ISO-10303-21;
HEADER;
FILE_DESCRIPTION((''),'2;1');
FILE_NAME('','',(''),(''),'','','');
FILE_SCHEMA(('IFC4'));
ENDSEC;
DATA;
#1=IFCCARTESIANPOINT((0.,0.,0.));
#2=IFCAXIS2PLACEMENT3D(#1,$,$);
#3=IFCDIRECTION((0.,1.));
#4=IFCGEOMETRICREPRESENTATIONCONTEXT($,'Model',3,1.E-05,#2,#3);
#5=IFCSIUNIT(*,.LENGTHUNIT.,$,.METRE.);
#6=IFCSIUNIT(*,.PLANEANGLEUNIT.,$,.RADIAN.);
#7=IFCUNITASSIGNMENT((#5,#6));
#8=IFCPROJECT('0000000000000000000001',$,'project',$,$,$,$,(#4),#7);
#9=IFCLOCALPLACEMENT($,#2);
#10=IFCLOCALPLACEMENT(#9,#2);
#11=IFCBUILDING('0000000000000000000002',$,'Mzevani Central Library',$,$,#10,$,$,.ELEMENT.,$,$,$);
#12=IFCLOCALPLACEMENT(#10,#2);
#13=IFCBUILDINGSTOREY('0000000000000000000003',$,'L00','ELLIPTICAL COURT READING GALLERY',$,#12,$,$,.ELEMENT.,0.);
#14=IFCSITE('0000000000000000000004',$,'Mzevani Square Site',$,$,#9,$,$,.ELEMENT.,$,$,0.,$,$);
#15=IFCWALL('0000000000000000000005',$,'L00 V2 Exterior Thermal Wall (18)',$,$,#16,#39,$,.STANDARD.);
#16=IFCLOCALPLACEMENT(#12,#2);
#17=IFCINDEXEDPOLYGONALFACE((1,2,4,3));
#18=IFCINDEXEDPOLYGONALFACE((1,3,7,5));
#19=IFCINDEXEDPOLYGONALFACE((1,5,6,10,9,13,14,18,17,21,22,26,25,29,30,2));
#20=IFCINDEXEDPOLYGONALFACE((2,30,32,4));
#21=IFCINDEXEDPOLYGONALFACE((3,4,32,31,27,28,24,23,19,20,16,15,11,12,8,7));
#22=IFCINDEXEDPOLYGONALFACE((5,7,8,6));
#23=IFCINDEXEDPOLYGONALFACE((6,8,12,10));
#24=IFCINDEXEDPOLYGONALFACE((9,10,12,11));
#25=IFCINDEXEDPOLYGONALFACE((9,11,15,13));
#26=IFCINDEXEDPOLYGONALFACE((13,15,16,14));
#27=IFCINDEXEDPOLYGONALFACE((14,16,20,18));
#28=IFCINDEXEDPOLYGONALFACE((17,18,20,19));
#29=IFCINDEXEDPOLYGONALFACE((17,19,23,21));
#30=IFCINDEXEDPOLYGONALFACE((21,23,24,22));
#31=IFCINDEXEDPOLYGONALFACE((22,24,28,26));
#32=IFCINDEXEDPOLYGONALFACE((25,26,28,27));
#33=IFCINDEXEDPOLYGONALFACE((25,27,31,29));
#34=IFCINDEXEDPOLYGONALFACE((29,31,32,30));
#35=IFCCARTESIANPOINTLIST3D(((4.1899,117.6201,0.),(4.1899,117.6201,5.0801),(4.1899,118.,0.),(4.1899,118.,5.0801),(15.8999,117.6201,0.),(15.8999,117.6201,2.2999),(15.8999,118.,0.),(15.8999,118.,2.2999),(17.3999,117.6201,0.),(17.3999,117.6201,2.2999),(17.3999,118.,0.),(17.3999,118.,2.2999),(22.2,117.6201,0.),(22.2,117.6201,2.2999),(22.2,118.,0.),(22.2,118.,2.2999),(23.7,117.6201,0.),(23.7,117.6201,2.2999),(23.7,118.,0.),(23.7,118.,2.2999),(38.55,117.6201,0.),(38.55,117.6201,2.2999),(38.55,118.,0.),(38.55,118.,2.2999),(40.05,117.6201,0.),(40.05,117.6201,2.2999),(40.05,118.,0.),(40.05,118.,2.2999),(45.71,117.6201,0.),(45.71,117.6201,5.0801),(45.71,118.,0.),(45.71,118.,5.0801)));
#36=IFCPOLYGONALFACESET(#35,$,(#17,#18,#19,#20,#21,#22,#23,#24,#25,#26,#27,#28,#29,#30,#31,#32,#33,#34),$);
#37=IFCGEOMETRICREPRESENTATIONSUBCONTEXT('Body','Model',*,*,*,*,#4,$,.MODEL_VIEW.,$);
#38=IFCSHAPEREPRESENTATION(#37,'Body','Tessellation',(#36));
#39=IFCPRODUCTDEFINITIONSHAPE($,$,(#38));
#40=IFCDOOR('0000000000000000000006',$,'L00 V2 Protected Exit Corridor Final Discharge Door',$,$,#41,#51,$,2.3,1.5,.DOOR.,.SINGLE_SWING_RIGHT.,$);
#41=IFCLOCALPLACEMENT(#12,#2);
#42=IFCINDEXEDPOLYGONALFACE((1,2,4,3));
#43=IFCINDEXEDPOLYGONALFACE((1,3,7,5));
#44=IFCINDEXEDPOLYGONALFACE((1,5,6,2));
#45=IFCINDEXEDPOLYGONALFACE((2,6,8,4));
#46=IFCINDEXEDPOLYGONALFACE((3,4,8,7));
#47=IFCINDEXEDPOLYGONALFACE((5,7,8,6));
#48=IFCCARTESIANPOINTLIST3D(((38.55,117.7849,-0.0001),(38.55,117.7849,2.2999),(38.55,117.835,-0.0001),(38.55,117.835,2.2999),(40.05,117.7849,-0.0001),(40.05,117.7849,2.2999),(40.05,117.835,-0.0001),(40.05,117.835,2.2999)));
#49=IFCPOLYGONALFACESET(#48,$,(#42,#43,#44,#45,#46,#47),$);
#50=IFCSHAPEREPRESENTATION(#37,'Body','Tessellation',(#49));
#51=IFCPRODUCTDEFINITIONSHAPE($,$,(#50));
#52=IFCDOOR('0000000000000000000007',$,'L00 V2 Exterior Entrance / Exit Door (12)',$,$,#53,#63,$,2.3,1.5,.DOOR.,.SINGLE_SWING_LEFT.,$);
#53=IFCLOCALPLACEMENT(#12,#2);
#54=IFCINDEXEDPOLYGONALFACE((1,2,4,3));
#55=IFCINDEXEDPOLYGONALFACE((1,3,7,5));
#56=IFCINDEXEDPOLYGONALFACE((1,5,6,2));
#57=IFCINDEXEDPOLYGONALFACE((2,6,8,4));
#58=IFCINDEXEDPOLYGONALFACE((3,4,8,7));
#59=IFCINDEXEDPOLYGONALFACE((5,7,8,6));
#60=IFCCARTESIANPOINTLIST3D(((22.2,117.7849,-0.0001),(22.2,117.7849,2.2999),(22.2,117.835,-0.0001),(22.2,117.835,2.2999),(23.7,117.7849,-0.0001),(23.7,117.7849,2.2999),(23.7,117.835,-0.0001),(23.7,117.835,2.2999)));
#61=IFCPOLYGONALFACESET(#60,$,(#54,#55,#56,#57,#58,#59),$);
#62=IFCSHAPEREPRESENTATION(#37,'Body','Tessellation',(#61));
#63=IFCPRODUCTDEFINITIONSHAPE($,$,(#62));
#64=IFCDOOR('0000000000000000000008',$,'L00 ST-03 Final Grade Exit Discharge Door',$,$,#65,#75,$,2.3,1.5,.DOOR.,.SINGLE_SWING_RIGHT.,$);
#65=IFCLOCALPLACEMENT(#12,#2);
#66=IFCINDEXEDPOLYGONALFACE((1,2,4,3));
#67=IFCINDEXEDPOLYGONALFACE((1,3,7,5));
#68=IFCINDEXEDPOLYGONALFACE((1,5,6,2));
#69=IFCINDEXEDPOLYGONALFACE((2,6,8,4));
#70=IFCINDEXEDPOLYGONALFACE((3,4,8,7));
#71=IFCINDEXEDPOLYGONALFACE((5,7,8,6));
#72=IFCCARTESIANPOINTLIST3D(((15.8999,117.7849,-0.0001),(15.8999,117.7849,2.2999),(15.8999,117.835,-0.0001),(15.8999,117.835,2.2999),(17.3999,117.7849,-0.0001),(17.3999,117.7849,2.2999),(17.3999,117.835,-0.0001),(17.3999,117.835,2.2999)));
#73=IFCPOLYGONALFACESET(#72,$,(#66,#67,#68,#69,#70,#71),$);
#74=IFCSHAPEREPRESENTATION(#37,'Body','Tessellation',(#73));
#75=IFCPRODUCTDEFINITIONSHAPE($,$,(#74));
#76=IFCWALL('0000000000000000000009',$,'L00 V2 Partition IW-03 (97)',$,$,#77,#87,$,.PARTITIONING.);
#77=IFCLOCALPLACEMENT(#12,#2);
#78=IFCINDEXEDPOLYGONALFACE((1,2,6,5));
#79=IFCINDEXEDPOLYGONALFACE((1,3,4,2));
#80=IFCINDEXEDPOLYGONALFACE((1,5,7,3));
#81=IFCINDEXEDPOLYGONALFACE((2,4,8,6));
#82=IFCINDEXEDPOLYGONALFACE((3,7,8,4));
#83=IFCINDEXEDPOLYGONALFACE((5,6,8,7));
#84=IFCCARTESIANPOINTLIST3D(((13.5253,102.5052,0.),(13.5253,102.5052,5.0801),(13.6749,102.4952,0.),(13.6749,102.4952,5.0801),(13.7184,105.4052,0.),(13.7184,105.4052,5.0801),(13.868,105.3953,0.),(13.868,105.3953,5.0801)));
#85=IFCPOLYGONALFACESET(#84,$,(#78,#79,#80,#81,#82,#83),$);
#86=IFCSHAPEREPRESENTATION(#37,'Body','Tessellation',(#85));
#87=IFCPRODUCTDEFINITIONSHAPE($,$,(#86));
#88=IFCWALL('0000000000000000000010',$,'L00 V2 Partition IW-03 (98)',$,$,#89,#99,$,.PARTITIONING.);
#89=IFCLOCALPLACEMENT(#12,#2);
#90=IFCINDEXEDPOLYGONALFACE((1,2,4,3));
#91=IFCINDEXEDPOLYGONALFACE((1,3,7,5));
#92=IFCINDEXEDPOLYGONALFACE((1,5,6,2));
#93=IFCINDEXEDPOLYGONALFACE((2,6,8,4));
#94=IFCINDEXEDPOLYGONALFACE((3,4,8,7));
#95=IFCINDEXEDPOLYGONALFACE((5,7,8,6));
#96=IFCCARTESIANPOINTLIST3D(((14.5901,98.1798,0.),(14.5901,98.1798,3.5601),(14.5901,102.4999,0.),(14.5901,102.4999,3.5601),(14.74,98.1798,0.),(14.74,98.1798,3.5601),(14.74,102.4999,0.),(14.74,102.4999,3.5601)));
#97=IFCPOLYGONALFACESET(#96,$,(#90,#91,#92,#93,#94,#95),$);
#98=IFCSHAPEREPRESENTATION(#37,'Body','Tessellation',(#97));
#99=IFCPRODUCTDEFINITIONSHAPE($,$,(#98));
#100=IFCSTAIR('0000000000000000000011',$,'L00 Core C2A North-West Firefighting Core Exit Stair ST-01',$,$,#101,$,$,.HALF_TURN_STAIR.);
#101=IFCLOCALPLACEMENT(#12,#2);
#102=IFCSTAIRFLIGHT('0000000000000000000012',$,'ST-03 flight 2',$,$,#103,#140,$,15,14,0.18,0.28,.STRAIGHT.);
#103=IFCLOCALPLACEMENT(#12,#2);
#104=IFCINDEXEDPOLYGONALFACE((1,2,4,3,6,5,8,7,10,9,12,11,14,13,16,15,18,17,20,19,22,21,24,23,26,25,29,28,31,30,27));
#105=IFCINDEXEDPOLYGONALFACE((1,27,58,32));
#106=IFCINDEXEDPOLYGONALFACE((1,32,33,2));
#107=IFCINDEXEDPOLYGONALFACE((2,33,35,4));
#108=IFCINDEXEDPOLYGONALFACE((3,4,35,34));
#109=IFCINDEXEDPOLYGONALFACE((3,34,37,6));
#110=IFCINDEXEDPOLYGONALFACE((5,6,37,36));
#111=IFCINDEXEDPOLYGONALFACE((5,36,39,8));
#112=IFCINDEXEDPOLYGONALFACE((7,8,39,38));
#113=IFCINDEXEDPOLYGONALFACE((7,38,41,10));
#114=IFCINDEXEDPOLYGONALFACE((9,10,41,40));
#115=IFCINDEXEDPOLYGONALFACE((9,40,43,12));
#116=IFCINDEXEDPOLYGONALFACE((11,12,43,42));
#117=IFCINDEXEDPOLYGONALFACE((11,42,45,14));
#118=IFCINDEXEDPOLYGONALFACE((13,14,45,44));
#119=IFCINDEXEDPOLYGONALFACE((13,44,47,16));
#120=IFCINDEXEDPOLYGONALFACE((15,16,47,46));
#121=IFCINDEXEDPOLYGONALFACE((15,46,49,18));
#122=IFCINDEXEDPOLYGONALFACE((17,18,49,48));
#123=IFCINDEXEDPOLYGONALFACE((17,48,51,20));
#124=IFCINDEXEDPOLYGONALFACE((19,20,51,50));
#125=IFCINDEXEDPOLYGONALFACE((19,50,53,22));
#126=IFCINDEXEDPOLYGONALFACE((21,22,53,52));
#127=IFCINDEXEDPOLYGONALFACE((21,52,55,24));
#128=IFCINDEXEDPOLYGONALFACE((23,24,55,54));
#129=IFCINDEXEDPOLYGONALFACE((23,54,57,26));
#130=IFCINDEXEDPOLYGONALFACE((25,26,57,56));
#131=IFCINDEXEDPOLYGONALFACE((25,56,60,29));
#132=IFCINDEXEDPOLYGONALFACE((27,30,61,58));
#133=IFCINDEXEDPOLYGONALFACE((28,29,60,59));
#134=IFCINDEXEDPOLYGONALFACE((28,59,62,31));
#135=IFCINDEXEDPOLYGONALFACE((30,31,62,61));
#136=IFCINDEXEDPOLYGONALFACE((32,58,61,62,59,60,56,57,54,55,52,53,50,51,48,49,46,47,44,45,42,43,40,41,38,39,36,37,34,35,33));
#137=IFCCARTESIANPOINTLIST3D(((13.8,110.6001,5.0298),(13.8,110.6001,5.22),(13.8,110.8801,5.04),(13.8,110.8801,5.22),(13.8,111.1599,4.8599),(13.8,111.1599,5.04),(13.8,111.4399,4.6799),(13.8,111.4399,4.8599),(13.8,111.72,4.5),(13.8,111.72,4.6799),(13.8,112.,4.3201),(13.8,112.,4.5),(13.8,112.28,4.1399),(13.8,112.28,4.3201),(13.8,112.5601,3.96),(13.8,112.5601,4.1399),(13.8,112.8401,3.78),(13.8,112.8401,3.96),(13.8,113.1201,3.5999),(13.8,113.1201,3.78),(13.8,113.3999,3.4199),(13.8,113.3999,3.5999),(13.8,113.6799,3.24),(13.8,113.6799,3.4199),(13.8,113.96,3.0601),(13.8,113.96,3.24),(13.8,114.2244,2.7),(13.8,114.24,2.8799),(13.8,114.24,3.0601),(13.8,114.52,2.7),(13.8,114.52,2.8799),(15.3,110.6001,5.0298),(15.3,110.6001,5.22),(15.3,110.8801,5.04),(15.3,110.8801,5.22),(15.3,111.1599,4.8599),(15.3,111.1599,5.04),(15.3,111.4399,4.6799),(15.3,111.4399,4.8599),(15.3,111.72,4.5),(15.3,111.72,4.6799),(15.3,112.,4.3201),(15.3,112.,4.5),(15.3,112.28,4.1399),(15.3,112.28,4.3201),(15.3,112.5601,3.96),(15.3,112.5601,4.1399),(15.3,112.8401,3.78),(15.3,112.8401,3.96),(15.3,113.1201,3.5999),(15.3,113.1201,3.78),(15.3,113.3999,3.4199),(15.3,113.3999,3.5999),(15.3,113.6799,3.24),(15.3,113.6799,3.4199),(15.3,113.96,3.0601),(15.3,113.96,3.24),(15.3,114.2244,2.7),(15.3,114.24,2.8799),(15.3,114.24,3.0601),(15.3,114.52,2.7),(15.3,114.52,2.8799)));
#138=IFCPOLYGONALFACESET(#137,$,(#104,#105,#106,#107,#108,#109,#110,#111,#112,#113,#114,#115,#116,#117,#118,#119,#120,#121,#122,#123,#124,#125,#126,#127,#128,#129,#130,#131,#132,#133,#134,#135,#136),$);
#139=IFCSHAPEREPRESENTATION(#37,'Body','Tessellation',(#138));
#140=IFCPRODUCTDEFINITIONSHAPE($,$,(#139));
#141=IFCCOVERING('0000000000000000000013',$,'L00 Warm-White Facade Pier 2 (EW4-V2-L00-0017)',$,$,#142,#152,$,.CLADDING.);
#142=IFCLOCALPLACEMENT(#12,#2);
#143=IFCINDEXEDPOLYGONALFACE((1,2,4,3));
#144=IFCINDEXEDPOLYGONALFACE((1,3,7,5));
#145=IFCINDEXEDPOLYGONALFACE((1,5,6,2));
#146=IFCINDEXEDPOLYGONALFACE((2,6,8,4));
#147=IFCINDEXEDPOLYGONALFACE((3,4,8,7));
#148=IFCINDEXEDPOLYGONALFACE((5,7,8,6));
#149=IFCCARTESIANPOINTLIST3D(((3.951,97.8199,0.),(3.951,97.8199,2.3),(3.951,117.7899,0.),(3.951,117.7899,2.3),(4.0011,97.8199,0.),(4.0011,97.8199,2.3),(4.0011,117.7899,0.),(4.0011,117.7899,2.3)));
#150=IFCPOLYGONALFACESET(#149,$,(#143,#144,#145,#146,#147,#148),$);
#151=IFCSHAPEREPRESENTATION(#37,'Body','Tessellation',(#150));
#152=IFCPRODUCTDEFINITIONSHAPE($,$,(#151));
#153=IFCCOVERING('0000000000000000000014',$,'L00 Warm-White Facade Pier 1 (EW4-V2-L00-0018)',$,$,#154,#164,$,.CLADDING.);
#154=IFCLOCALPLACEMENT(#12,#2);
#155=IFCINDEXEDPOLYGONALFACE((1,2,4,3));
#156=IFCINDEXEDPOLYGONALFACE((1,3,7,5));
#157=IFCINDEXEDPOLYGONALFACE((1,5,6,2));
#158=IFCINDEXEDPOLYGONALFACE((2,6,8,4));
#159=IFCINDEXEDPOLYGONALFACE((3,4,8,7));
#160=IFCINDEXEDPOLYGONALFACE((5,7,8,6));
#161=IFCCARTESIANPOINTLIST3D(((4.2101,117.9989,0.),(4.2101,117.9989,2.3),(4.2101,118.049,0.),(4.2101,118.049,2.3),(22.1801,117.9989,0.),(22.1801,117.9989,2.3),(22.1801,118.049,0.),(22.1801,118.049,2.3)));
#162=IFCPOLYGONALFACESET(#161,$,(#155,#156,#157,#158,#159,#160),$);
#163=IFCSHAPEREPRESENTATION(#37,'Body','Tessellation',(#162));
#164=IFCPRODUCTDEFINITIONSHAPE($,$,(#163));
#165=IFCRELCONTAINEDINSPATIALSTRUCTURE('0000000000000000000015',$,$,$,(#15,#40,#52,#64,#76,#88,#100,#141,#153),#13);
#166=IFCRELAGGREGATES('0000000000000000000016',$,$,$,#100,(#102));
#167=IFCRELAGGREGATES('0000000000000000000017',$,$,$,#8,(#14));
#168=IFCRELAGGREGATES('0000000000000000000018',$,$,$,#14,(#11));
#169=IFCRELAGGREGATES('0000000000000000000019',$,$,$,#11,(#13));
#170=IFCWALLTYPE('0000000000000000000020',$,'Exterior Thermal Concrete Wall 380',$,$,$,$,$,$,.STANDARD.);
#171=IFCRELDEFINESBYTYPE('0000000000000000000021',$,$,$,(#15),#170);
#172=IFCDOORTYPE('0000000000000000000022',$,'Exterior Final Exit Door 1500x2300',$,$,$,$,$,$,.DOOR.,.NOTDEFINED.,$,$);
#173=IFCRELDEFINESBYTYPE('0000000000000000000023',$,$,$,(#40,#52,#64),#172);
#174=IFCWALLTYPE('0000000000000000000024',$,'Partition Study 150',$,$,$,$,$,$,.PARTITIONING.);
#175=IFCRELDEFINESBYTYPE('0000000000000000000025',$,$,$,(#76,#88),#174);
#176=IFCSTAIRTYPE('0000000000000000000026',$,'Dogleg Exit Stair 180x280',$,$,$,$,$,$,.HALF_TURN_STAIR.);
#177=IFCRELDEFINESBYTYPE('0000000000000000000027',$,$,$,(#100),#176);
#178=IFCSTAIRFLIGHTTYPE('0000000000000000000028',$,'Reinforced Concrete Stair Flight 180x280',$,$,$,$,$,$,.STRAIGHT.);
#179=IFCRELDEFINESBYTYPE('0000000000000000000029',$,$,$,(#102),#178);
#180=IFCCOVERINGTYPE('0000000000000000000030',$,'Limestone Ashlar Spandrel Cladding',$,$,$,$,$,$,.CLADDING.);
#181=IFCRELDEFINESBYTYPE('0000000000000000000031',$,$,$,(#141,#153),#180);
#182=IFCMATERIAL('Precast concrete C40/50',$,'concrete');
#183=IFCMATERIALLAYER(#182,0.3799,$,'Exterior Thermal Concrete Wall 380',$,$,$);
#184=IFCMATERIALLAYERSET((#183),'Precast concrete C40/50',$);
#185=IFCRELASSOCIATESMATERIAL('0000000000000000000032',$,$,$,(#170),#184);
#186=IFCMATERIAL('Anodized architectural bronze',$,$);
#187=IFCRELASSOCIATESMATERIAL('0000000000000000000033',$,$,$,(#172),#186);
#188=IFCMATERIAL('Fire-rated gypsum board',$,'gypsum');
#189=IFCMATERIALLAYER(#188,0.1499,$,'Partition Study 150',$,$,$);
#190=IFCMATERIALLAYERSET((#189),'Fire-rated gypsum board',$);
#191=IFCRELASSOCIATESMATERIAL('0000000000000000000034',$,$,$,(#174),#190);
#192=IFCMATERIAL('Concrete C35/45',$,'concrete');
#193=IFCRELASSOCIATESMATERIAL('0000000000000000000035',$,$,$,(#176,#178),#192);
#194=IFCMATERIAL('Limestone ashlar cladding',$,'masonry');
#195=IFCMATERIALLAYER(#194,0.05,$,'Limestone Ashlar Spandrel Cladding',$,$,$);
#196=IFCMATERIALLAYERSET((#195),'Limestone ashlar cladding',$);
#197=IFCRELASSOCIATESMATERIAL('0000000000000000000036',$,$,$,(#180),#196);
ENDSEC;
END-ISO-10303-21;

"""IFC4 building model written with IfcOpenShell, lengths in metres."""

from ifc_helpers import new_model, si_unit, direction, frame, frame_2d, origin, origin_2d, place, context, subcontext, project, spatial, polyline, rectangle, outline, extrude, material, layer, layer_set, type_object, element, fill, aggregate, save


model = new_model("IFC4")

# Units and contexts
model_context = context("Model", 3, precision=1e-05, world=origin(), true_north=direction((0.0, 1.0)))
body_context = subcontext(model_context, "Body", "Model", "MODEL_VIEW")
ifc_project = project(units=[si_unit("LENGTHUNIT", "METRE"), si_unit("PLANEANGLEUNIT", "RADIAN")], contexts=[model_context])

# Site, building, storey
site_placement = place(None, origin())
site = spatial("IfcSite", under=ifc_project, at=site_placement, Name="Mzevani Square Site", CompositionType="ELEMENT", RefElevation=0.0)
building_placement = place(site_placement, origin())
building = spatial("IfcBuilding", under=site, at=building_placement, Name="Mzevani Central Library", CompositionType="ELEMENT")
storey_placement = place(building_placement, origin())
storey = spatial("IfcBuildingStorey", under=building, at=storey_placement, Name="L00", Description="ELLIPTICAL COURT READING GALLERY", CompositionType="ELEMENT", Elevation=0.0)

# Shared definitions
ifc_material_1 = material(Name="Concrete C35/45", Category="concrete")

# Wall, openings, doors
ifc_material_2 = material(Name="Precast concrete C40/50", Category="concrete")
ifc_layer_1 = layer(ifc_material_2, 0.3799, Name="Exterior Thermal Concrete Wall 380")
ifc_layer_set_1 = layer_set([ifc_layer_1], Name="Precast concrete C40/50")
wall_type_1 = type_object("IfcWallType", Name="Exterior Thermal Concrete Wall 380", PredefinedType="STANDARD", material=ifc_layer_set_1)
wall_1_placement = place(storey_placement, frame((4.1899, 117.8101, 0.0), z_axis=(0.0, 0.0, 1.0), x_axis=(1.0, 0.0, 0.0)))
wall_1 = element("IfcWall", 1, at=wall_1_placement, inside=storey, type_object=wall_type_1, Name="L00 V2 Exterior Thermal Wall (18)", PredefinedType="STANDARD", context=body_context, shape_type="SweptSolid", body=[
    extrude(rectangle(XDim=41.52, YDim=0.3799, at=frame_2d((20.76, 0.0))), origin(), (0.0, 0.0, 1.0), 5.0801),
])
opening_1_placement = place(wall_1_placement, frame((34.3601, 0.0, 0.0)))
opening_1 = element("IfcOpeningElement", 2, at=opening_1_placement, cuts=wall_1, PredefinedType="OPENING", context=body_context, shape_type="SweptSolid", body=[
    extrude(rectangle(XDim=1.5, YDim=2.3, at=frame_2d((0.75, 1.1499))), frame((0.0, 0.2, 0.0), z_axis=(0.0, -1.0, 0.0), x_axis=(1.0, 0.0, 0.0)), (0.0, 0.0, 1.0), 0.3999),
])
opening_2_placement = place(wall_1_placement, frame((18.01, 0.0, 0.0)))
opening_2 = element("IfcOpeningElement", 3, at=opening_2_placement, cuts=wall_1, PredefinedType="OPENING", context=body_context, shape_type="SweptSolid", body=[
    extrude(rectangle(XDim=1.5, YDim=2.3, at=frame_2d((0.75, 1.1499))), frame((0.0, 0.2, 0.0), z_axis=(0.0, -1.0, 0.0), x_axis=(1.0, 0.0, 0.0)), (0.0, 0.0, 1.0), 0.3999),
])
opening_3_placement = place(wall_1_placement, frame((11.71, 0.0, 0.0)))
opening_3 = element("IfcOpeningElement", 4, at=opening_3_placement, cuts=wall_1, PredefinedType="OPENING", context=body_context, shape_type="SweptSolid", body=[
    extrude(rectangle(XDim=1.5, YDim=2.3, at=frame_2d((0.75, 1.1499))), frame((0.0, 0.2, 0.0), z_axis=(0.0, -1.0, 0.0), x_axis=(1.0, 0.0, 0.0)), (0.0, 0.0, 1.0), 0.3999),
])
ifc_material_3 = material(Name="Anodized architectural bronze")
door_type_1 = type_object("IfcDoorType", Name="Exterior Final Exit Door 1500x2300", OperationType="NOTDEFINED", PredefinedType="DOOR", material=ifc_material_3)
door_1_placement = place(opening_1_placement, origin())
door_1 = element("IfcDoor", 5, at=door_1_placement, inside=storey, type_object=door_type_1, Name="L00 V2 Protected Exit Corridor Final Discharge Door", OperationType="SINGLE_SWING_RIGHT", OverallHeight=2.3, OverallWidth=1.5, PredefinedType="DOOR", context=body_context, shape_type="SweptSolid", body=[
    extrude(rectangle(XDim=1.5, YDim=2.3, at=frame_2d((0.75, 1.1499))), frame((0.0, 0.0249, 0.0), z_axis=(0.0, -1.0, 0.0), x_axis=(1.0, 0.0, 0.0)), (0.0, 0.0, 1.0), 0.05),
])
fill(opening_1, door_1)
door_2_placement = place(opening_2_placement, origin())
door_2 = element("IfcDoor", 6, at=door_2_placement, inside=storey, type_object=door_type_1, Name="L00 V2 Exterior Entrance / Exit Door (12)", OperationType="SINGLE_SWING_LEFT", OverallHeight=2.3, OverallWidth=1.5, PredefinedType="DOOR", context=body_context, shape_type="SweptSolid", body=[
    extrude(rectangle(XDim=1.5, YDim=2.3, at=frame_2d((0.75, 1.1499))), frame((0.0, 0.0249, 0.0), z_axis=(0.0, -1.0, 0.0), x_axis=(1.0, 0.0, 0.0)), (0.0, 0.0, 1.0), 0.05),
])
fill(opening_2, door_2)
door_3_placement = place(opening_3_placement, origin())
door_3 = element("IfcDoor", 7, at=door_3_placement, inside=storey, type_object=door_type_1, Name="L00 ST-03 Final Grade Exit Discharge Door", OperationType="SINGLE_SWING_RIGHT", OverallHeight=2.3, OverallWidth=1.5, PredefinedType="DOOR", context=body_context, shape_type="SweptSolid", body=[
    extrude(rectangle(XDim=1.5, YDim=2.3, at=frame_2d((0.75, 1.1499))), frame((0.0, 0.0249, 0.0), z_axis=(0.0, -1.0, 0.0), x_axis=(1.0, 0.0, 0.0)), (0.0, 0.0, 1.0), 0.05),
])
fill(opening_3, door_3)

# Walls
ifc_material_4 = material(Name="Fire-rated gypsum board", Category="gypsum")
ifc_layer_2 = layer(ifc_material_4, 0.1499, Name="Partition Study 150")
ifc_layer_set_2 = layer_set([ifc_layer_2], Name="Fire-rated gypsum board")
wall_type_2 = type_object("IfcWallType", Name="Partition Study 150", PredefinedType="PARTITIONING", material=ifc_layer_set_2)
wall_2_placement = place(storey_placement, frame((13.7932, 105.4001, 0.0), z_axis=(0.0, 0.0, 1.0), x_axis=(-0.066441, -0.99779, 0.0)))
element("IfcWall", 8, at=wall_2_placement, inside=storey, type_object=wall_type_2, Name="L00 V2 Partition IW-03 (97)", PredefinedType="PARTITIONING", context=body_context, shape_type="SweptSolid", body=[
    extrude(rectangle(XDim=2.9065, YDim=0.1499, at=frame_2d((1.4531, 0.0))), origin(), (0.0, 0.0, 1.0), 5.0801),
])
wall_3_placement = place(storey_placement, frame((14.665, 102.5, 0.0), z_axis=(0.0, 0.0, 1.0), x_axis=(0.0, -1.0, 0.0)))
element("IfcWall", 9, at=wall_3_placement, inside=storey, type_object=wall_type_2, Name="L00 V2 Partition IW-03 (98)", PredefinedType="PARTITIONING", context=body_context, shape_type="SweptSolid", body=[
    extrude(rectangle(XDim=4.3201, YDim=0.1499, at=frame_2d((2.1602, 0.0))), origin(), (0.0, 0.0, 1.0), 3.5601),
])

# Stair, stair flight
stair_type = type_object("IfcStairType", Name="Dogleg Exit Stair 180x280", PredefinedType="HALF_TURN_STAIR", material=ifc_material_1)
stair_placement = place(storey_placement, origin())
stair = element("IfcStair", 10, at=stair_placement, inside=storey, type_object=stair_type, Name="L00 Core C2A North-West Firefighting Core Exit Stair ST-01", PredefinedType="HALF_TURN_STAIR")
stair_flight_type = type_object("IfcStairFlightType", Name="Reinforced Concrete Stair Flight 180x280", PredefinedType="STRAIGHT", material=ifc_material_1)
stair_flight_placement = place(storey_placement, frame((14.55, 114.52, 2.7), z_axis=(0.0, 0.0, 1.0), x_axis=(0.0, -1.0, 0.0)))
stair_flight = element("IfcStairFlight", 11, at=stair_flight_placement, type_object=stair_flight_type, Name="ST-03 flight 2", NumberOfRisers=15, NumberOfTreads=14, PredefinedType="STRAIGHT", RiserHeight=0.18, TreadLength=0.28, context=body_context, shape_type="SweptSolid", body=[
    extrude(outline(polyline([(0.0, 0.0), (0.0, 0.1799), (0.28, 0.1799), (0.28, 0.3601), (0.5601, 0.3601), (0.5601, 0.54), (0.8401, 0.54), (0.8401, 0.72), (1.1201, 0.72), (1.1201, 0.8999), (1.3999, 0.8999), (1.3999, 1.0801), (1.6799, 1.0801), (1.6799, 1.26), (1.96, 1.26), (1.96, 1.4399), (2.24, 1.4399), (2.24, 1.6201), (2.52, 1.6201), (2.52, 1.8), (2.8, 1.8), (2.8, 1.98), (3.0801, 1.98), (3.0801, 2.1599), (3.3601, 2.1599), (3.3601, 2.3401), (3.6399, 2.3401), (3.6399, 2.52), (3.9199, 2.52), (3.9199, 2.7), (3.9199, 2.3298), (0.2957, 0.0), (0.0, 0.0)])), frame((0.0, 0.75, 0.0), z_axis=(0.0, -1.0, 0.0), x_axis=(1.0, 0.0, 0.0)), (0.0, 0.0, 1.0), 1.5),
])
aggregate(stair, [stair_flight])

# Coverings
ifc_material_5 = material(Name="Limestone ashlar cladding", Category="masonry")
ifc_layer_3 = layer(ifc_material_5, 0.05, Name="Limestone Ashlar Spandrel Cladding")
ifc_layer_set_3 = layer_set([ifc_layer_3], Name="Limestone ashlar cladding")
covering_type_1 = type_object("IfcCoveringType", Name="Limestone Ashlar Spandrel Cladding", PredefinedType="CLADDING", material=ifc_layer_set_3)
covering_1_placement = place(storey_placement, frame((3.9761, 107.8049, 0.0), z_axis=(0.0, 0.0, 1.0), x_axis=(0.0, 1.0, 0.0)))
element("IfcCovering", 12, at=covering_1_placement, inside=storey, type_object=covering_type_1, Name="L00 Warm-White Facade Pier 2 (EW4-V2-L00-0017)", PredefinedType="CLADDING", context=body_context, shape_type="SweptSolid", body=[
    extrude(rectangle(XDim=19.97, YDim=0.05, at=origin_2d()), origin(), (0.0, 0.0, 1.0), 2.3),
])
covering_2_placement = place(storey_placement, frame((13.1951, 118.0239, 0.0), z_axis=(0.0, 0.0, 1.0), x_axis=(1.0, 0.0, 0.0)))
element("IfcCovering", 13, at=covering_2_placement, inside=storey, type_object=covering_type_1, Name="L00 Warm-White Facade Pier 1 (EW4-V2-L00-0018)", PredefinedType="CLADDING", context=body_context, shape_type="SweptSolid", body=[
    extrude(rectangle(XDim=17.97, YDim=0.05, at=origin_2d()), origin(), (0.0, 0.0, 1.0), 2.3),
])

save(model, "model.ifc")
